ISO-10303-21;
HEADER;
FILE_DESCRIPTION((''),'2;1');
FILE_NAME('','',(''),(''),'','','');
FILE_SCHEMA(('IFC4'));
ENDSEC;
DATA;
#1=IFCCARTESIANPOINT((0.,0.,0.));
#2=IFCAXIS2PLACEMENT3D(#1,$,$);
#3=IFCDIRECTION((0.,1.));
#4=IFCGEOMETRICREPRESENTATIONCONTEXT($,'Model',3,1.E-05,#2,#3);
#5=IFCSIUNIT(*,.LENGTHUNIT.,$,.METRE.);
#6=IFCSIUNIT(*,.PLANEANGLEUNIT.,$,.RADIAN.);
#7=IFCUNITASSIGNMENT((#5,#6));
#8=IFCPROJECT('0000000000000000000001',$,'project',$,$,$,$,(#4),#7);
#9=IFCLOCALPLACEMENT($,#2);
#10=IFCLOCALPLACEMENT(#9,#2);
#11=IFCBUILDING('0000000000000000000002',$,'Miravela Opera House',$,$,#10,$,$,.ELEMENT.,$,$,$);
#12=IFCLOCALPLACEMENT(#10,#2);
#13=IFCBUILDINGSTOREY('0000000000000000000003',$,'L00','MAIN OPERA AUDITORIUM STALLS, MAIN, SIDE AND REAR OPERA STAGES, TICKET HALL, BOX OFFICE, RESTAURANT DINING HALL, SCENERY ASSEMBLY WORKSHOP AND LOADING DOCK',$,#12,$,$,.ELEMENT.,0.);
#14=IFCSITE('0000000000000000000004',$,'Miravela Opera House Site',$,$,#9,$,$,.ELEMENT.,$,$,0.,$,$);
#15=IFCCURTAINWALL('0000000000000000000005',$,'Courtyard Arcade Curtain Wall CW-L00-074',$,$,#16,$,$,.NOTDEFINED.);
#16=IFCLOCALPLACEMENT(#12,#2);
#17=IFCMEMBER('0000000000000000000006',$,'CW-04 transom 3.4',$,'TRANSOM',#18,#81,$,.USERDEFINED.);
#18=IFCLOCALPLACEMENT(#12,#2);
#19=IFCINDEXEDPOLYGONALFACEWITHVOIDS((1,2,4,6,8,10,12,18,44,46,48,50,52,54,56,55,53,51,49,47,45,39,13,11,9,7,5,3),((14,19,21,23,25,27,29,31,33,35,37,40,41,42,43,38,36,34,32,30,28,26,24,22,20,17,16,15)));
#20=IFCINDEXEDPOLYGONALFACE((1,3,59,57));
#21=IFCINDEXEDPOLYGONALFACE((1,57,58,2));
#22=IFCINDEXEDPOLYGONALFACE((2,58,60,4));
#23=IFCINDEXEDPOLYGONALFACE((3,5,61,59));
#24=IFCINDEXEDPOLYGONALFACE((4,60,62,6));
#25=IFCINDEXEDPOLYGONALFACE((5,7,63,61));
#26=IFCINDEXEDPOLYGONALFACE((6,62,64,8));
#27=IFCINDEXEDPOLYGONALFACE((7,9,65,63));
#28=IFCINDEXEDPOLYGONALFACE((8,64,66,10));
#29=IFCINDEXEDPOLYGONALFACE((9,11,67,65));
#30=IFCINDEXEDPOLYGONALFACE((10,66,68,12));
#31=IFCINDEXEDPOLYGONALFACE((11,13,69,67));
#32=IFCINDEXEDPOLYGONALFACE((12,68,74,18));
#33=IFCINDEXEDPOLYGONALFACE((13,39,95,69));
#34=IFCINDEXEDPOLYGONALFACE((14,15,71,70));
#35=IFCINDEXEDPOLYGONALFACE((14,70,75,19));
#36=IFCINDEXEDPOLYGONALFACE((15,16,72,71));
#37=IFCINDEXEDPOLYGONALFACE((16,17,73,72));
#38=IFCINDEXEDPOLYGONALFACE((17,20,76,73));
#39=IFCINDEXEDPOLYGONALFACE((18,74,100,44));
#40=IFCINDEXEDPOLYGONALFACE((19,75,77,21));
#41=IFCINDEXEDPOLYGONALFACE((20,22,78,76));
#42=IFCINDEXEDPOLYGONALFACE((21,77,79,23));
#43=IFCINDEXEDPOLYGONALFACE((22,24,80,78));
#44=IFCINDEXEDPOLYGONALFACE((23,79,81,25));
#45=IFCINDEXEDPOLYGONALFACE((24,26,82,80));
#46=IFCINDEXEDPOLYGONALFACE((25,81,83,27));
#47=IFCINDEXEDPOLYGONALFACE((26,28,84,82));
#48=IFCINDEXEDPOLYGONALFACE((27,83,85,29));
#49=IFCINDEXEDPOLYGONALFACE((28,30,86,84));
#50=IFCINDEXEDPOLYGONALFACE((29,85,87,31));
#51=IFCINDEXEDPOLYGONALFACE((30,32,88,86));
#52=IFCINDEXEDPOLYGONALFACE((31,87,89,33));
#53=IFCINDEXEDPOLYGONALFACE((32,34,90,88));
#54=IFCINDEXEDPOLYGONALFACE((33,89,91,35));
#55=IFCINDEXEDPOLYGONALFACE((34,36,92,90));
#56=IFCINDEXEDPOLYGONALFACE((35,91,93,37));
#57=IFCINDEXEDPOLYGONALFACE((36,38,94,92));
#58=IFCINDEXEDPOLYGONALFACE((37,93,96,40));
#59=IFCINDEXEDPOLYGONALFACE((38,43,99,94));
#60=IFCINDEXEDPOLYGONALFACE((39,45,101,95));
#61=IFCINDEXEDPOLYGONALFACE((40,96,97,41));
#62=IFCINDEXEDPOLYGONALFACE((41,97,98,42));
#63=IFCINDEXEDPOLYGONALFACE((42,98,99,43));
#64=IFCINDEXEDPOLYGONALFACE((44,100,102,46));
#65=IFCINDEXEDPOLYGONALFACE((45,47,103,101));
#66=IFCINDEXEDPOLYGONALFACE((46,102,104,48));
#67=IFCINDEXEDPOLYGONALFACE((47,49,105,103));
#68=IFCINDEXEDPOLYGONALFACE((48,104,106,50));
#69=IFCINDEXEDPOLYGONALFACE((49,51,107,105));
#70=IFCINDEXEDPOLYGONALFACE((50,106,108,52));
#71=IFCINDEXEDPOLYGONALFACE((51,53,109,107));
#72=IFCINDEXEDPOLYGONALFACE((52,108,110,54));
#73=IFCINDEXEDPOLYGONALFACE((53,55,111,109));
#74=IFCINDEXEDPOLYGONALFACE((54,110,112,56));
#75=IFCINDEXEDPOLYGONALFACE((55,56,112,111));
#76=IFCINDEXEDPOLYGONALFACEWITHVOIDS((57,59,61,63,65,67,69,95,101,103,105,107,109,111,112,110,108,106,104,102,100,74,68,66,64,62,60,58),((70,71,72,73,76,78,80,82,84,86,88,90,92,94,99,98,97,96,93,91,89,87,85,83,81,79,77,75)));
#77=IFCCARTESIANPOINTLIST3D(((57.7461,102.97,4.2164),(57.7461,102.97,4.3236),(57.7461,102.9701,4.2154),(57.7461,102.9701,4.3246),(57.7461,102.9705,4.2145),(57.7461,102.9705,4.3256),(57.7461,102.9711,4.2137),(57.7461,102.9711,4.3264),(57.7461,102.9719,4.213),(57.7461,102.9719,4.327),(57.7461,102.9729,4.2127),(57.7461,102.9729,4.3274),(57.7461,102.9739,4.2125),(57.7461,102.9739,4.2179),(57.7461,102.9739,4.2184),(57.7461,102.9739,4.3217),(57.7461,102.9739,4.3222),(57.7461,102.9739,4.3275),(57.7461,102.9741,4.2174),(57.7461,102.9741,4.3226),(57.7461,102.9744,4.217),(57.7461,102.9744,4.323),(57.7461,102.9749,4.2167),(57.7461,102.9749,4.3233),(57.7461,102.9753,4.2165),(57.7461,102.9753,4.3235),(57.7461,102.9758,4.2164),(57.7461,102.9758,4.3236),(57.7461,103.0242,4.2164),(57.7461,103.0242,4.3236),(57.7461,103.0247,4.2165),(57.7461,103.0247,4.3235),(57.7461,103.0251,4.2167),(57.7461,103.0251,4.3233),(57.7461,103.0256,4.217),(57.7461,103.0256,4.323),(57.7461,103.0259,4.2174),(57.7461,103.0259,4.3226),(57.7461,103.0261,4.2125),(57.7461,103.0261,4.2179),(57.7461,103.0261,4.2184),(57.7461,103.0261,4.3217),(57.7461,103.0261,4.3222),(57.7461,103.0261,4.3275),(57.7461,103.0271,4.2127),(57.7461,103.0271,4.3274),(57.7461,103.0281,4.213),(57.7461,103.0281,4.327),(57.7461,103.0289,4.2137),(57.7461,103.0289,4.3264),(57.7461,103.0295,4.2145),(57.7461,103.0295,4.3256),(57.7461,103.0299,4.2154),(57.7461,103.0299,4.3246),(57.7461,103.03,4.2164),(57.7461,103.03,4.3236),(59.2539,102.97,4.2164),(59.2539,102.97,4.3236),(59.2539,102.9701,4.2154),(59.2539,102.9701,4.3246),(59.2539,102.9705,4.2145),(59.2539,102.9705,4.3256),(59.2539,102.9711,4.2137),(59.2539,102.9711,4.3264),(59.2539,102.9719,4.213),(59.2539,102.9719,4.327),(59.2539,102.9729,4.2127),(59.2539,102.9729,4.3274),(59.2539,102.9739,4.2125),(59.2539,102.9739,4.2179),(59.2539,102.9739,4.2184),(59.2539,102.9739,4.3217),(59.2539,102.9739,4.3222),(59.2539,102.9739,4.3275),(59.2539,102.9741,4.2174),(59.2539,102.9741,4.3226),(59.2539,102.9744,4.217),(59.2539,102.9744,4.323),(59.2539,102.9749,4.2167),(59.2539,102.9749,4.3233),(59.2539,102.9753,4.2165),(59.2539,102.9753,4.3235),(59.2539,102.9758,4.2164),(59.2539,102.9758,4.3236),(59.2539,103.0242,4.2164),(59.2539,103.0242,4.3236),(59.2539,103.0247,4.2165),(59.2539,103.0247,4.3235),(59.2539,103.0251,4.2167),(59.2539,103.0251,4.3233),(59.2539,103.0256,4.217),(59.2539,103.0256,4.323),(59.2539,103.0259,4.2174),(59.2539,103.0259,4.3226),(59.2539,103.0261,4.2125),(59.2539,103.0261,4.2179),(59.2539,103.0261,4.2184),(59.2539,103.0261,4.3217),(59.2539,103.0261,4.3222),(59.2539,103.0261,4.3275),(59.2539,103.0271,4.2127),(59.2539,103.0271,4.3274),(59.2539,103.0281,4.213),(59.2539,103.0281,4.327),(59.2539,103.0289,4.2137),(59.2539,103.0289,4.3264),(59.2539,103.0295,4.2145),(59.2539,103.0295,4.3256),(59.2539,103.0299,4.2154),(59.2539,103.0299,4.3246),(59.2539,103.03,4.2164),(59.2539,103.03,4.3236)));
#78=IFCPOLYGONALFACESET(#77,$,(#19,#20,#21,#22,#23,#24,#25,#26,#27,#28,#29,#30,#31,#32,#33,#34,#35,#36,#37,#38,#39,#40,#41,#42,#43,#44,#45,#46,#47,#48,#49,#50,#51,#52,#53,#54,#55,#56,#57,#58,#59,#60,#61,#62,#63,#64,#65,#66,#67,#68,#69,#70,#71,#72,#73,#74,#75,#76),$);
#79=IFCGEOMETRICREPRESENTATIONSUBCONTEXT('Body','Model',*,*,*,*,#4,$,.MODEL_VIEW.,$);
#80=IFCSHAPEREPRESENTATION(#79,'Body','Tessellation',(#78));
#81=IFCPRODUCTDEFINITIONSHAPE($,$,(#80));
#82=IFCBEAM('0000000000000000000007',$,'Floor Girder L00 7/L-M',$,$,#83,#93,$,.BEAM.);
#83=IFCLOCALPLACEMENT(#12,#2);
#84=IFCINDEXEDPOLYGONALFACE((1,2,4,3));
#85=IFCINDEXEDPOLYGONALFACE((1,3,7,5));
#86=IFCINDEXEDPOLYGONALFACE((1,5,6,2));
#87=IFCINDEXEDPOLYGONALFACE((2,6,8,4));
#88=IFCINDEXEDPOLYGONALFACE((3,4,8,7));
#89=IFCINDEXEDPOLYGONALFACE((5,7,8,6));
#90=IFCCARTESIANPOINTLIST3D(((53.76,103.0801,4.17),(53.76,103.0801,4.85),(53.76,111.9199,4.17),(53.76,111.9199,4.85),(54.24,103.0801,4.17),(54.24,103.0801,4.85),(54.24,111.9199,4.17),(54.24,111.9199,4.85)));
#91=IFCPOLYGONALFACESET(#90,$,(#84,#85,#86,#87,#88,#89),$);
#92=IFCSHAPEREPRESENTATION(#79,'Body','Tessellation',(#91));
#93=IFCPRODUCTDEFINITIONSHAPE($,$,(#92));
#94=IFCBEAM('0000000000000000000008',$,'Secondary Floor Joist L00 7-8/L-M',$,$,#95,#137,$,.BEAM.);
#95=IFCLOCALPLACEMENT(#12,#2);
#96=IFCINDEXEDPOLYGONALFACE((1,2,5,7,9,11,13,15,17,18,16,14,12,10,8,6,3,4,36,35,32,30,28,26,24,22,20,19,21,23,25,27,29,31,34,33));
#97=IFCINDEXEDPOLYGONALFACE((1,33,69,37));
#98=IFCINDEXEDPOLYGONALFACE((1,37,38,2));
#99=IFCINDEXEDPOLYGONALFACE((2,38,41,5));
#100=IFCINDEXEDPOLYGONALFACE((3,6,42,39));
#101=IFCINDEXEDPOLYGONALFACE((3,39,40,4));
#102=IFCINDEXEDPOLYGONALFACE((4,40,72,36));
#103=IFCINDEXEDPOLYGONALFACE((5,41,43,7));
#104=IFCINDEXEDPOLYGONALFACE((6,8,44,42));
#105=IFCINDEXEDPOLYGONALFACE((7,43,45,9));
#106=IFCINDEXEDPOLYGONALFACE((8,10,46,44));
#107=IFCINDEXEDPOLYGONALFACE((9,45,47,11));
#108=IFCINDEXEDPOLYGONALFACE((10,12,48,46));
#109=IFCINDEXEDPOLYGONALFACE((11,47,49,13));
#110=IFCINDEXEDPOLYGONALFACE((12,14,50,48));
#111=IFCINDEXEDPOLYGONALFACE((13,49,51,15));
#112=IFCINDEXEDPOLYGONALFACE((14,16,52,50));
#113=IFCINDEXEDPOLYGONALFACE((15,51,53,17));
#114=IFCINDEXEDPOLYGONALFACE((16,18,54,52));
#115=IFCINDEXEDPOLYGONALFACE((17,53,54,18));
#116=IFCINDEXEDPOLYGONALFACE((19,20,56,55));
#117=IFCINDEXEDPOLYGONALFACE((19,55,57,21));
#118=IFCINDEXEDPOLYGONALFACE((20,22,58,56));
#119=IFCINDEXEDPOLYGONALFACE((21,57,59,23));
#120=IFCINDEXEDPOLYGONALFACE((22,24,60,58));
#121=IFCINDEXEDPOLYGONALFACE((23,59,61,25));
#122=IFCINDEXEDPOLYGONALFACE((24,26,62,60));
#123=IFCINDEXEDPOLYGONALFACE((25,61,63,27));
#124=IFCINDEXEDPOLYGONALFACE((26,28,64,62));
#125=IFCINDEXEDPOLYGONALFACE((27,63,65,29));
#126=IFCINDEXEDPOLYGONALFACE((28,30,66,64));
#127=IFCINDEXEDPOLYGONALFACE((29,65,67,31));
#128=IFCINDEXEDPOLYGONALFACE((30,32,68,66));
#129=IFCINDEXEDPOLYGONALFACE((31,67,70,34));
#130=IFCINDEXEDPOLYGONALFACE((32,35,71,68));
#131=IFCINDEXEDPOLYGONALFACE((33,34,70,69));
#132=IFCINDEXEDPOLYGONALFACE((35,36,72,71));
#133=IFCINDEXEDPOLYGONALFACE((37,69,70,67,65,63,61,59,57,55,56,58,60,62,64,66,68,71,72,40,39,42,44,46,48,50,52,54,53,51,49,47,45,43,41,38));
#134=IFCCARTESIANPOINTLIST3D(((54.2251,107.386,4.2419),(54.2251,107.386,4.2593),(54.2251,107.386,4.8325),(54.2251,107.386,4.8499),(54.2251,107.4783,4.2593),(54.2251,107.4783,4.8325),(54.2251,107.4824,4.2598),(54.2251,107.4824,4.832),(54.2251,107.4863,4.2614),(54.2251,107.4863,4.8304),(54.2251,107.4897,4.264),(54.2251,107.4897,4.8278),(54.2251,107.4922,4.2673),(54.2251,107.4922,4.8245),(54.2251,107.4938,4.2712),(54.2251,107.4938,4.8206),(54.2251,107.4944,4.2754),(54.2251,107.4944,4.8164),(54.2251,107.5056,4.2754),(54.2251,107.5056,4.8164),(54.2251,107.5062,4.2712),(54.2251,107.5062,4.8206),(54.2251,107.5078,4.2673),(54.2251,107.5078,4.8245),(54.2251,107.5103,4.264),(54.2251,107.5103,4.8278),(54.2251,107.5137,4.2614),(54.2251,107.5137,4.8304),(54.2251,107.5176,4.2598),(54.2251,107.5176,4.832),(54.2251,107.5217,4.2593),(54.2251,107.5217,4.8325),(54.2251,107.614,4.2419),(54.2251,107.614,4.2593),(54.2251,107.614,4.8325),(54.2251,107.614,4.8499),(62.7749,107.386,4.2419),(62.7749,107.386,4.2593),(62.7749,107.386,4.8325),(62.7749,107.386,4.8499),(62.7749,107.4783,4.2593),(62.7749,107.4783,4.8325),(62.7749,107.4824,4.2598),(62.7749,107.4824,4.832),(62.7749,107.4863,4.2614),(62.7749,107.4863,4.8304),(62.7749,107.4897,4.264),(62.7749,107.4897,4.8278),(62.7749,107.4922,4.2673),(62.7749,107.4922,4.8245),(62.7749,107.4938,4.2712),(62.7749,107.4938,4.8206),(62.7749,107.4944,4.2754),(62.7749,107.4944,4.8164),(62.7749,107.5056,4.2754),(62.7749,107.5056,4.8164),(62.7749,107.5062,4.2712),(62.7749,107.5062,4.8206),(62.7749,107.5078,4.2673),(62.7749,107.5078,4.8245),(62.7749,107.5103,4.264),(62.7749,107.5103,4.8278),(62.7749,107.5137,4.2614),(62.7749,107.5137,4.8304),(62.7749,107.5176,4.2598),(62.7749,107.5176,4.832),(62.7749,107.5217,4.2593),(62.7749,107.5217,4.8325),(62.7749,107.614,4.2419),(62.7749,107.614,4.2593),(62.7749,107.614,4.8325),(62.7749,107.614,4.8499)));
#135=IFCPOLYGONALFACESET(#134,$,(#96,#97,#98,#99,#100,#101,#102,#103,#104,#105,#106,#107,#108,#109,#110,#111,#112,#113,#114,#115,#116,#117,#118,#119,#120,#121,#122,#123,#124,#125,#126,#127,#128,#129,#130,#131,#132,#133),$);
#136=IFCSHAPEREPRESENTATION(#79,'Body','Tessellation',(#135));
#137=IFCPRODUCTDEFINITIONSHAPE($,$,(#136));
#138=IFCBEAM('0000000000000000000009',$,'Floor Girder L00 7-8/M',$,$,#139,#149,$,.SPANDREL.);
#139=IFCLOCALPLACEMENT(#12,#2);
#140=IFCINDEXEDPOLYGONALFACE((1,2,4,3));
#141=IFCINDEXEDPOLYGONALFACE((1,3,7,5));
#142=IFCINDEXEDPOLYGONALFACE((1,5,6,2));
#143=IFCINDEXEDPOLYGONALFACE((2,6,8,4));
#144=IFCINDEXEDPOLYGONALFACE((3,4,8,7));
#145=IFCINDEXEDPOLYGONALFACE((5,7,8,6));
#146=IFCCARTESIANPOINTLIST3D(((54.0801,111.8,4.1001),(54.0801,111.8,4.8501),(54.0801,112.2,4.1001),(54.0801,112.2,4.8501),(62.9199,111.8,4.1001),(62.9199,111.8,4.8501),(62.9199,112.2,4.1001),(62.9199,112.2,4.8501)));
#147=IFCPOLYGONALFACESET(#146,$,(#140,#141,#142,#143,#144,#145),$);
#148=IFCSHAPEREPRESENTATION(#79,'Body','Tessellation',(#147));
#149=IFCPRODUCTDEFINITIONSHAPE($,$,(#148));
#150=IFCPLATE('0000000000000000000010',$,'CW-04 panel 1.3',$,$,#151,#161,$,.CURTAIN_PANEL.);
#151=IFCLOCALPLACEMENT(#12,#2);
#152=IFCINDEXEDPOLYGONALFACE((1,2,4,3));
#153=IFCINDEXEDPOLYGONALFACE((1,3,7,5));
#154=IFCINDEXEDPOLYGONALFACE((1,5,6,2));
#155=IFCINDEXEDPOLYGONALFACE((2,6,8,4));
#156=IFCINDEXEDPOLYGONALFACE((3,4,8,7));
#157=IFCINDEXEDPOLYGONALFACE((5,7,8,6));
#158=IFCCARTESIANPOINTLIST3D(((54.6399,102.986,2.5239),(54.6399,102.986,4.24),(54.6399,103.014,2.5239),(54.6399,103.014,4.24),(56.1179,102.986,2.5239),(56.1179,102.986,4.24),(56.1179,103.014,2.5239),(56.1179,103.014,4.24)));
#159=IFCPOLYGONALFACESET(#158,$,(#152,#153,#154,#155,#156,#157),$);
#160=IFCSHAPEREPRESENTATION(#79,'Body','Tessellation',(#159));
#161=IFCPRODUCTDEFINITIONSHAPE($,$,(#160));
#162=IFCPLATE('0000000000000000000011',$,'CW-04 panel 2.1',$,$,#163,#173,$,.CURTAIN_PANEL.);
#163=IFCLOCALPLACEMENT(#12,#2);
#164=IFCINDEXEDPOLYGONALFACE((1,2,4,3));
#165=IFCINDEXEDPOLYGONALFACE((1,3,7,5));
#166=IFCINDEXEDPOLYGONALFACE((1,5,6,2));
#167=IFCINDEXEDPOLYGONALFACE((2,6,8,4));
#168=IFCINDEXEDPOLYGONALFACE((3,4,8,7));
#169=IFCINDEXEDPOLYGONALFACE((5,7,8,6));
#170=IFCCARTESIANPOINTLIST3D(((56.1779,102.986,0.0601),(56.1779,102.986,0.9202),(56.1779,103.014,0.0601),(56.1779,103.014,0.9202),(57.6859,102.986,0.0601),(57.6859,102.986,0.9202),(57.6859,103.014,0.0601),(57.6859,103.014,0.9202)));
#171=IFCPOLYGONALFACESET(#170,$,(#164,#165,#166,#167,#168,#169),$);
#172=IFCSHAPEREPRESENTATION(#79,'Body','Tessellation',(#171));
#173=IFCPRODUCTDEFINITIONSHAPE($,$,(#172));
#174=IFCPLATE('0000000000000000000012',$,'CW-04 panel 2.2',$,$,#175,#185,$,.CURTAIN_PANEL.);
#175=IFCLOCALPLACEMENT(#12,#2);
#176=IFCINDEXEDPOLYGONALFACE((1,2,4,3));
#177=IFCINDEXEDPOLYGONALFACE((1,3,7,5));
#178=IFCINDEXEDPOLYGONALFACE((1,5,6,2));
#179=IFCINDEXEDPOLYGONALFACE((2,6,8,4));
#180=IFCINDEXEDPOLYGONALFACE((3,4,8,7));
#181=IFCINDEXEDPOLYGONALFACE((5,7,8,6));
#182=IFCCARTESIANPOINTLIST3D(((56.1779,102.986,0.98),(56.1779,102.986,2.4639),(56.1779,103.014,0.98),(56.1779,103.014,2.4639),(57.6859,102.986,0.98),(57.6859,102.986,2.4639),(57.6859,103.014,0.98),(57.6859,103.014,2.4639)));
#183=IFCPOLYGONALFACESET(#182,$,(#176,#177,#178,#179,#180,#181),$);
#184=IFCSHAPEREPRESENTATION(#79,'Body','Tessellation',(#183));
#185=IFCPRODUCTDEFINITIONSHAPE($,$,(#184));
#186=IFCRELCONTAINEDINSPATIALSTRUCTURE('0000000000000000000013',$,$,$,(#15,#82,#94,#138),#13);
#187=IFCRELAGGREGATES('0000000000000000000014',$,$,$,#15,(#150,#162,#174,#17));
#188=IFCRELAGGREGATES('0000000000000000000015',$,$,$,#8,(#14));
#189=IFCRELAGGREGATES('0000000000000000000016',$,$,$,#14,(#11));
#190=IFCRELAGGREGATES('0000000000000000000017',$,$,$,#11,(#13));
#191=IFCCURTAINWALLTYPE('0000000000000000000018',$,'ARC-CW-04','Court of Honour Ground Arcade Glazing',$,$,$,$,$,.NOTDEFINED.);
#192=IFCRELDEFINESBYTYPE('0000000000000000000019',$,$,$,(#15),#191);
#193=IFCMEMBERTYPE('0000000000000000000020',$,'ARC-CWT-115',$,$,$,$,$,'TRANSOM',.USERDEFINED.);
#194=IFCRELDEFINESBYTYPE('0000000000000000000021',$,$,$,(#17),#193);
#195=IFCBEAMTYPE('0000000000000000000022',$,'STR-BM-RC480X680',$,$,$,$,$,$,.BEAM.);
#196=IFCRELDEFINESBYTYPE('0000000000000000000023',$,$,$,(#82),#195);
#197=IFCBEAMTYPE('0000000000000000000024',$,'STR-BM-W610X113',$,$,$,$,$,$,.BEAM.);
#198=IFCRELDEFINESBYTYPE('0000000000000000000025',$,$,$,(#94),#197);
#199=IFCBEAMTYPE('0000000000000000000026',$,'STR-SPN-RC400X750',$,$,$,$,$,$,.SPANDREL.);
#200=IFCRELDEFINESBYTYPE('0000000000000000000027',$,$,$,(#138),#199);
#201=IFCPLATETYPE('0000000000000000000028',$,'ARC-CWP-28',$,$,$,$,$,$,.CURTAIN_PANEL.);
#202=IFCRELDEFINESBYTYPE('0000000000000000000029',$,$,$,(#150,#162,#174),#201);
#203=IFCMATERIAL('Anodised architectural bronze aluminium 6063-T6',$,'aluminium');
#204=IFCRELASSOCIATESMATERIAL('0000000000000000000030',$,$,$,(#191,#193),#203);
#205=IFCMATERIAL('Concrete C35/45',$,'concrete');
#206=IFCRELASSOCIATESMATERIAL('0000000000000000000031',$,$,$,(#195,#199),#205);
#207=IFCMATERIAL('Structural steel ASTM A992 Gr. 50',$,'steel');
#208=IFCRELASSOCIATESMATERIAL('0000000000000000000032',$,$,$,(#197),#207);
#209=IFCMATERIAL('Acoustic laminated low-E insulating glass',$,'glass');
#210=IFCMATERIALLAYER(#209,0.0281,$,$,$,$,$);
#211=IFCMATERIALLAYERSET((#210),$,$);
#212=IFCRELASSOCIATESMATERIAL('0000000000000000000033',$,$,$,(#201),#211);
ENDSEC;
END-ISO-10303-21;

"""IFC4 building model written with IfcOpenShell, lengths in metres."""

from ifc_helpers import new_model, si_unit, direction, frame, origin, origin_2d, place, context, subcontext, project, spatial, rectangle, hollow_rectangle, i_section, extrude, material, layer, layer_set, material_profile, profile_set, type_object, element, aggregate, save


model = new_model("IFC4")

# Units and contexts
model_context = context("Model", 3, precision=1e-05, world=origin(), true_north=direction((0.0, 1.0)))
body_context = subcontext(model_context, "Body", "Model", "MODEL_VIEW")
ifc_project = project(units=[si_unit("LENGTHUNIT", "METRE"), si_unit("PLANEANGLEUNIT", "RADIAN")], contexts=[model_context])

# Site, building, storey
site_placement = place(None, origin())
site = spatial("IfcSite", under=ifc_project, at=site_placement, Name="Miravela Opera House Site", CompositionType="ELEMENT", RefElevation=0.0)
building_placement = place(site_placement, origin())
building = spatial("IfcBuilding", under=site, at=building_placement, Name="Miravela Opera House", CompositionType="ELEMENT")
storey_placement = place(building_placement, origin())
storey = spatial("IfcBuildingStorey", under=building, at=storey_placement, Name="L00", Description="MAIN OPERA AUDITORIUM STALLS, MAIN, SIDE AND REAR OPERA STAGES, TICKET HALL, BOX OFFICE, RESTAURANT DINING HALL, SCENERY ASSEMBLY WORKSHOP AND LOADING DOCK", CompositionType="ELEMENT", Elevation=0.0)

# Curtain wall, member
ifc_material_1 = material(Name="Anodised architectural bronze aluminium 6063-T6", Category="aluminium")
curtain_wall_type = type_object("IfcCurtainWallType", Name="ARC-CW-04", Description="Court of Honour Ground Arcade Glazing", PredefinedType="NOTDEFINED", material=ifc_material_1)
curtain_wall_placement = place(storey_placement, origin())
curtain_wall = element("IfcCurtainWall", 1, at=curtain_wall_placement, inside=storey, type_object=curtain_wall_type, Name="Courtyard Arcade Curtain Wall CW-L00-074", PredefinedType="NOTDEFINED")
ifc_material_profile_1 = material_profile(ifc_material_1, hollow_rectangle(XDim=0.0601, YDim=0.115, WallThickness=0.0039, InnerFilletRadius=0.002, OuterFilletRadius=0.0039, at=origin_2d()), Name="CWT-60X115")
ifc_profile_set_1 = profile_set([ifc_material_profile_1])
member_type_1 = type_object("IfcMemberType", Name="ARC-CWT-115", ElementType="TRANSOM", PredefinedType="USERDEFINED", material=ifc_profile_set_1)
member_1_placement = place(storey_placement, frame((57.7461, 103.0, 4.27), z_axis=(1.0, 0.0, 0.0), x_axis=(0.0, 1.0, 0.0)))
member_1 = element("IfcMember", 2, at=member_1_placement, type_object=member_type_1, Name="CW-04 transom 3.4", ObjectType="TRANSOM", PredefinedType="USERDEFINED", context=body_context, shape_type="SweptSolid", body=[
    extrude(hollow_rectangle(XDim=0.0601, YDim=0.115, WallThickness=0.0039, InnerFilletRadius=0.002, OuterFilletRadius=0.0039, at=origin_2d()), origin(), (0.0, 0.0, 1.0), 1.5078),
])

# Beams
ifc_material_2 = material(Name="Concrete C35/45", Category="concrete")
ifc_material_profile_2 = material_profile(ifc_material_2, rectangle(XDim=0.48, YDim=0.6799, at=origin_2d()), Name="RC-BM-480X680")
ifc_profile_set_2 = profile_set([ifc_material_profile_2])
beam_type_1 = type_object("IfcBeamType", Name="STR-BM-RC480X680", PredefinedType="BEAM", material=ifc_profile_set_2)
beam_1_placement = place(storey_placement, frame((54.0, 103.0801, 4.51), z_axis=(0.0, 1.0, 0.0), x_axis=(-1.0, 0.0, 0.0)))
element("IfcBeam", 3, at=beam_1_placement, inside=storey, type_object=beam_type_1, Name="Floor Girder L00 7/L-M", PredefinedType="BEAM", context=body_context, shape_type="SweptSolid", body=[
    extrude(rectangle(XDim=0.48, YDim=0.6799, at=origin_2d()), origin(), (0.0, 0.0, 1.0), 8.8398),
])
ifc_material_3 = material(Name="Structural steel ASTM A992 Gr. 50", Category="steel")
ifc_material_profile_3 = material_profile(ifc_material_3, i_section(OverallWidth=0.228, OverallDepth=0.6079, WebThickness=0.0112, FlangeThickness=0.0173, FilletRadius=0.0161, at=origin_2d()), Name="W610X113")
ifc_profile_set_3 = profile_set([ifc_material_profile_3])
beam_type_2 = type_object("IfcBeamType", Name="STR-BM-W610X113", PredefinedType="BEAM", material=ifc_profile_set_3)
beam_2_placement = place(storey_placement, frame((54.2251, 107.5, 4.5459), z_axis=(1.0, 0.0, 0.0), x_axis=(0.0, 1.0, 0.0)))
element("IfcBeam", 4, at=beam_2_placement, inside=storey, type_object=beam_type_2, Name="Secondary Floor Joist L00 7-8/L-M", PredefinedType="BEAM", context=body_context, shape_type="SweptSolid", body=[
    extrude(i_section(OverallWidth=0.228, OverallDepth=0.6079, WebThickness=0.0112, FlangeThickness=0.0173, FilletRadius=0.0161, at=origin_2d()), origin(), (0.0, 0.0, 1.0), 8.5498),
])
ifc_material_profile_4 = material_profile(ifc_material_2, rectangle(XDim=0.3999, YDim=0.75, at=origin_2d()), Name="RC-SPN-400X750")
ifc_profile_set_4 = profile_set([ifc_material_profile_4])
beam_type_3 = type_object("IfcBeamType", Name="STR-SPN-RC400X750", PredefinedType="SPANDREL", material=ifc_profile_set_4)
beam_3_placement = place(storey_placement, frame((54.0801, 112.0, 4.4751), z_axis=(1.0, 0.0, 0.0), x_axis=(0.0, 1.0, 0.0)))
element("IfcBeam", 5, at=beam_3_placement, inside=storey, type_object=beam_type_3, Name="Floor Girder L00 7-8/M", PredefinedType="SPANDREL", context=body_context, shape_type="SweptSolid", body=[
    extrude(rectangle(XDim=0.3999, YDim=0.75, at=origin_2d()), origin(), (0.0, 0.0, 1.0), 8.8398),
])

# Plates
ifc_material_4 = material(Name="Acoustic laminated low-E insulating glass", Category="glass")
ifc_layer_1 = layer(ifc_material_4, 0.0281)
ifc_layer_set_1 = layer_set([ifc_layer_1])
plate_type = type_object("IfcPlateType", Name="ARC-CWP-28", PredefinedType="CURTAIN_PANEL", material=ifc_layer_set_1)
plate_1_placement = place(storey_placement, frame((55.3789, 103.0, 2.5239), z_axis=(0.0, 0.0, 1.0), x_axis=(1.0, 0.0, 0.0)))
plate_1 = element("IfcPlate", 6, at=plate_1_placement, type_object=plate_type, Name="CW-04 panel 1.3", PredefinedType="CURTAIN_PANEL", context=body_context, shape_type="SweptSolid", body=[
    extrude(rectangle(XDim=1.478, YDim=0.0281, at=origin_2d()), origin(), (0.0, 0.0, 1.0), 1.7161),
])
plate_2_placement = place(storey_placement, frame((56.9319, 103.0, 0.0601), z_axis=(0.0, 0.0, 1.0), x_axis=(1.0, 0.0, 0.0)))
plate_2 = element("IfcPlate", 7, at=plate_2_placement, type_object=plate_type, Name="CW-04 panel 2.1", PredefinedType="CURTAIN_PANEL", context=body_context, shape_type="SweptSolid", body=[
    extrude(rectangle(XDim=1.5081, YDim=0.0281, at=origin_2d()), origin(), (0.0, 0.0, 1.0), 0.8601),
])
plate_3_placement = place(storey_placement, frame((56.9319, 103.0, 0.98), z_axis=(0.0, 0.0, 1.0), x_axis=(1.0, 0.0, 0.0)))
plate_3 = element("IfcPlate", 8, at=plate_3_placement, type_object=plate_type, Name="CW-04 panel 2.2", PredefinedType="CURTAIN_PANEL", context=body_context, shape_type="SweptSolid", body=[
    extrude(rectangle(XDim=1.5081, YDim=0.0281, at=origin_2d()), origin(), (0.0, 0.0, 1.0), 1.4839),
])
aggregate(curtain_wall, [plate_1, plate_2, plate_3, member_1])

save(model, "model.ifc")
